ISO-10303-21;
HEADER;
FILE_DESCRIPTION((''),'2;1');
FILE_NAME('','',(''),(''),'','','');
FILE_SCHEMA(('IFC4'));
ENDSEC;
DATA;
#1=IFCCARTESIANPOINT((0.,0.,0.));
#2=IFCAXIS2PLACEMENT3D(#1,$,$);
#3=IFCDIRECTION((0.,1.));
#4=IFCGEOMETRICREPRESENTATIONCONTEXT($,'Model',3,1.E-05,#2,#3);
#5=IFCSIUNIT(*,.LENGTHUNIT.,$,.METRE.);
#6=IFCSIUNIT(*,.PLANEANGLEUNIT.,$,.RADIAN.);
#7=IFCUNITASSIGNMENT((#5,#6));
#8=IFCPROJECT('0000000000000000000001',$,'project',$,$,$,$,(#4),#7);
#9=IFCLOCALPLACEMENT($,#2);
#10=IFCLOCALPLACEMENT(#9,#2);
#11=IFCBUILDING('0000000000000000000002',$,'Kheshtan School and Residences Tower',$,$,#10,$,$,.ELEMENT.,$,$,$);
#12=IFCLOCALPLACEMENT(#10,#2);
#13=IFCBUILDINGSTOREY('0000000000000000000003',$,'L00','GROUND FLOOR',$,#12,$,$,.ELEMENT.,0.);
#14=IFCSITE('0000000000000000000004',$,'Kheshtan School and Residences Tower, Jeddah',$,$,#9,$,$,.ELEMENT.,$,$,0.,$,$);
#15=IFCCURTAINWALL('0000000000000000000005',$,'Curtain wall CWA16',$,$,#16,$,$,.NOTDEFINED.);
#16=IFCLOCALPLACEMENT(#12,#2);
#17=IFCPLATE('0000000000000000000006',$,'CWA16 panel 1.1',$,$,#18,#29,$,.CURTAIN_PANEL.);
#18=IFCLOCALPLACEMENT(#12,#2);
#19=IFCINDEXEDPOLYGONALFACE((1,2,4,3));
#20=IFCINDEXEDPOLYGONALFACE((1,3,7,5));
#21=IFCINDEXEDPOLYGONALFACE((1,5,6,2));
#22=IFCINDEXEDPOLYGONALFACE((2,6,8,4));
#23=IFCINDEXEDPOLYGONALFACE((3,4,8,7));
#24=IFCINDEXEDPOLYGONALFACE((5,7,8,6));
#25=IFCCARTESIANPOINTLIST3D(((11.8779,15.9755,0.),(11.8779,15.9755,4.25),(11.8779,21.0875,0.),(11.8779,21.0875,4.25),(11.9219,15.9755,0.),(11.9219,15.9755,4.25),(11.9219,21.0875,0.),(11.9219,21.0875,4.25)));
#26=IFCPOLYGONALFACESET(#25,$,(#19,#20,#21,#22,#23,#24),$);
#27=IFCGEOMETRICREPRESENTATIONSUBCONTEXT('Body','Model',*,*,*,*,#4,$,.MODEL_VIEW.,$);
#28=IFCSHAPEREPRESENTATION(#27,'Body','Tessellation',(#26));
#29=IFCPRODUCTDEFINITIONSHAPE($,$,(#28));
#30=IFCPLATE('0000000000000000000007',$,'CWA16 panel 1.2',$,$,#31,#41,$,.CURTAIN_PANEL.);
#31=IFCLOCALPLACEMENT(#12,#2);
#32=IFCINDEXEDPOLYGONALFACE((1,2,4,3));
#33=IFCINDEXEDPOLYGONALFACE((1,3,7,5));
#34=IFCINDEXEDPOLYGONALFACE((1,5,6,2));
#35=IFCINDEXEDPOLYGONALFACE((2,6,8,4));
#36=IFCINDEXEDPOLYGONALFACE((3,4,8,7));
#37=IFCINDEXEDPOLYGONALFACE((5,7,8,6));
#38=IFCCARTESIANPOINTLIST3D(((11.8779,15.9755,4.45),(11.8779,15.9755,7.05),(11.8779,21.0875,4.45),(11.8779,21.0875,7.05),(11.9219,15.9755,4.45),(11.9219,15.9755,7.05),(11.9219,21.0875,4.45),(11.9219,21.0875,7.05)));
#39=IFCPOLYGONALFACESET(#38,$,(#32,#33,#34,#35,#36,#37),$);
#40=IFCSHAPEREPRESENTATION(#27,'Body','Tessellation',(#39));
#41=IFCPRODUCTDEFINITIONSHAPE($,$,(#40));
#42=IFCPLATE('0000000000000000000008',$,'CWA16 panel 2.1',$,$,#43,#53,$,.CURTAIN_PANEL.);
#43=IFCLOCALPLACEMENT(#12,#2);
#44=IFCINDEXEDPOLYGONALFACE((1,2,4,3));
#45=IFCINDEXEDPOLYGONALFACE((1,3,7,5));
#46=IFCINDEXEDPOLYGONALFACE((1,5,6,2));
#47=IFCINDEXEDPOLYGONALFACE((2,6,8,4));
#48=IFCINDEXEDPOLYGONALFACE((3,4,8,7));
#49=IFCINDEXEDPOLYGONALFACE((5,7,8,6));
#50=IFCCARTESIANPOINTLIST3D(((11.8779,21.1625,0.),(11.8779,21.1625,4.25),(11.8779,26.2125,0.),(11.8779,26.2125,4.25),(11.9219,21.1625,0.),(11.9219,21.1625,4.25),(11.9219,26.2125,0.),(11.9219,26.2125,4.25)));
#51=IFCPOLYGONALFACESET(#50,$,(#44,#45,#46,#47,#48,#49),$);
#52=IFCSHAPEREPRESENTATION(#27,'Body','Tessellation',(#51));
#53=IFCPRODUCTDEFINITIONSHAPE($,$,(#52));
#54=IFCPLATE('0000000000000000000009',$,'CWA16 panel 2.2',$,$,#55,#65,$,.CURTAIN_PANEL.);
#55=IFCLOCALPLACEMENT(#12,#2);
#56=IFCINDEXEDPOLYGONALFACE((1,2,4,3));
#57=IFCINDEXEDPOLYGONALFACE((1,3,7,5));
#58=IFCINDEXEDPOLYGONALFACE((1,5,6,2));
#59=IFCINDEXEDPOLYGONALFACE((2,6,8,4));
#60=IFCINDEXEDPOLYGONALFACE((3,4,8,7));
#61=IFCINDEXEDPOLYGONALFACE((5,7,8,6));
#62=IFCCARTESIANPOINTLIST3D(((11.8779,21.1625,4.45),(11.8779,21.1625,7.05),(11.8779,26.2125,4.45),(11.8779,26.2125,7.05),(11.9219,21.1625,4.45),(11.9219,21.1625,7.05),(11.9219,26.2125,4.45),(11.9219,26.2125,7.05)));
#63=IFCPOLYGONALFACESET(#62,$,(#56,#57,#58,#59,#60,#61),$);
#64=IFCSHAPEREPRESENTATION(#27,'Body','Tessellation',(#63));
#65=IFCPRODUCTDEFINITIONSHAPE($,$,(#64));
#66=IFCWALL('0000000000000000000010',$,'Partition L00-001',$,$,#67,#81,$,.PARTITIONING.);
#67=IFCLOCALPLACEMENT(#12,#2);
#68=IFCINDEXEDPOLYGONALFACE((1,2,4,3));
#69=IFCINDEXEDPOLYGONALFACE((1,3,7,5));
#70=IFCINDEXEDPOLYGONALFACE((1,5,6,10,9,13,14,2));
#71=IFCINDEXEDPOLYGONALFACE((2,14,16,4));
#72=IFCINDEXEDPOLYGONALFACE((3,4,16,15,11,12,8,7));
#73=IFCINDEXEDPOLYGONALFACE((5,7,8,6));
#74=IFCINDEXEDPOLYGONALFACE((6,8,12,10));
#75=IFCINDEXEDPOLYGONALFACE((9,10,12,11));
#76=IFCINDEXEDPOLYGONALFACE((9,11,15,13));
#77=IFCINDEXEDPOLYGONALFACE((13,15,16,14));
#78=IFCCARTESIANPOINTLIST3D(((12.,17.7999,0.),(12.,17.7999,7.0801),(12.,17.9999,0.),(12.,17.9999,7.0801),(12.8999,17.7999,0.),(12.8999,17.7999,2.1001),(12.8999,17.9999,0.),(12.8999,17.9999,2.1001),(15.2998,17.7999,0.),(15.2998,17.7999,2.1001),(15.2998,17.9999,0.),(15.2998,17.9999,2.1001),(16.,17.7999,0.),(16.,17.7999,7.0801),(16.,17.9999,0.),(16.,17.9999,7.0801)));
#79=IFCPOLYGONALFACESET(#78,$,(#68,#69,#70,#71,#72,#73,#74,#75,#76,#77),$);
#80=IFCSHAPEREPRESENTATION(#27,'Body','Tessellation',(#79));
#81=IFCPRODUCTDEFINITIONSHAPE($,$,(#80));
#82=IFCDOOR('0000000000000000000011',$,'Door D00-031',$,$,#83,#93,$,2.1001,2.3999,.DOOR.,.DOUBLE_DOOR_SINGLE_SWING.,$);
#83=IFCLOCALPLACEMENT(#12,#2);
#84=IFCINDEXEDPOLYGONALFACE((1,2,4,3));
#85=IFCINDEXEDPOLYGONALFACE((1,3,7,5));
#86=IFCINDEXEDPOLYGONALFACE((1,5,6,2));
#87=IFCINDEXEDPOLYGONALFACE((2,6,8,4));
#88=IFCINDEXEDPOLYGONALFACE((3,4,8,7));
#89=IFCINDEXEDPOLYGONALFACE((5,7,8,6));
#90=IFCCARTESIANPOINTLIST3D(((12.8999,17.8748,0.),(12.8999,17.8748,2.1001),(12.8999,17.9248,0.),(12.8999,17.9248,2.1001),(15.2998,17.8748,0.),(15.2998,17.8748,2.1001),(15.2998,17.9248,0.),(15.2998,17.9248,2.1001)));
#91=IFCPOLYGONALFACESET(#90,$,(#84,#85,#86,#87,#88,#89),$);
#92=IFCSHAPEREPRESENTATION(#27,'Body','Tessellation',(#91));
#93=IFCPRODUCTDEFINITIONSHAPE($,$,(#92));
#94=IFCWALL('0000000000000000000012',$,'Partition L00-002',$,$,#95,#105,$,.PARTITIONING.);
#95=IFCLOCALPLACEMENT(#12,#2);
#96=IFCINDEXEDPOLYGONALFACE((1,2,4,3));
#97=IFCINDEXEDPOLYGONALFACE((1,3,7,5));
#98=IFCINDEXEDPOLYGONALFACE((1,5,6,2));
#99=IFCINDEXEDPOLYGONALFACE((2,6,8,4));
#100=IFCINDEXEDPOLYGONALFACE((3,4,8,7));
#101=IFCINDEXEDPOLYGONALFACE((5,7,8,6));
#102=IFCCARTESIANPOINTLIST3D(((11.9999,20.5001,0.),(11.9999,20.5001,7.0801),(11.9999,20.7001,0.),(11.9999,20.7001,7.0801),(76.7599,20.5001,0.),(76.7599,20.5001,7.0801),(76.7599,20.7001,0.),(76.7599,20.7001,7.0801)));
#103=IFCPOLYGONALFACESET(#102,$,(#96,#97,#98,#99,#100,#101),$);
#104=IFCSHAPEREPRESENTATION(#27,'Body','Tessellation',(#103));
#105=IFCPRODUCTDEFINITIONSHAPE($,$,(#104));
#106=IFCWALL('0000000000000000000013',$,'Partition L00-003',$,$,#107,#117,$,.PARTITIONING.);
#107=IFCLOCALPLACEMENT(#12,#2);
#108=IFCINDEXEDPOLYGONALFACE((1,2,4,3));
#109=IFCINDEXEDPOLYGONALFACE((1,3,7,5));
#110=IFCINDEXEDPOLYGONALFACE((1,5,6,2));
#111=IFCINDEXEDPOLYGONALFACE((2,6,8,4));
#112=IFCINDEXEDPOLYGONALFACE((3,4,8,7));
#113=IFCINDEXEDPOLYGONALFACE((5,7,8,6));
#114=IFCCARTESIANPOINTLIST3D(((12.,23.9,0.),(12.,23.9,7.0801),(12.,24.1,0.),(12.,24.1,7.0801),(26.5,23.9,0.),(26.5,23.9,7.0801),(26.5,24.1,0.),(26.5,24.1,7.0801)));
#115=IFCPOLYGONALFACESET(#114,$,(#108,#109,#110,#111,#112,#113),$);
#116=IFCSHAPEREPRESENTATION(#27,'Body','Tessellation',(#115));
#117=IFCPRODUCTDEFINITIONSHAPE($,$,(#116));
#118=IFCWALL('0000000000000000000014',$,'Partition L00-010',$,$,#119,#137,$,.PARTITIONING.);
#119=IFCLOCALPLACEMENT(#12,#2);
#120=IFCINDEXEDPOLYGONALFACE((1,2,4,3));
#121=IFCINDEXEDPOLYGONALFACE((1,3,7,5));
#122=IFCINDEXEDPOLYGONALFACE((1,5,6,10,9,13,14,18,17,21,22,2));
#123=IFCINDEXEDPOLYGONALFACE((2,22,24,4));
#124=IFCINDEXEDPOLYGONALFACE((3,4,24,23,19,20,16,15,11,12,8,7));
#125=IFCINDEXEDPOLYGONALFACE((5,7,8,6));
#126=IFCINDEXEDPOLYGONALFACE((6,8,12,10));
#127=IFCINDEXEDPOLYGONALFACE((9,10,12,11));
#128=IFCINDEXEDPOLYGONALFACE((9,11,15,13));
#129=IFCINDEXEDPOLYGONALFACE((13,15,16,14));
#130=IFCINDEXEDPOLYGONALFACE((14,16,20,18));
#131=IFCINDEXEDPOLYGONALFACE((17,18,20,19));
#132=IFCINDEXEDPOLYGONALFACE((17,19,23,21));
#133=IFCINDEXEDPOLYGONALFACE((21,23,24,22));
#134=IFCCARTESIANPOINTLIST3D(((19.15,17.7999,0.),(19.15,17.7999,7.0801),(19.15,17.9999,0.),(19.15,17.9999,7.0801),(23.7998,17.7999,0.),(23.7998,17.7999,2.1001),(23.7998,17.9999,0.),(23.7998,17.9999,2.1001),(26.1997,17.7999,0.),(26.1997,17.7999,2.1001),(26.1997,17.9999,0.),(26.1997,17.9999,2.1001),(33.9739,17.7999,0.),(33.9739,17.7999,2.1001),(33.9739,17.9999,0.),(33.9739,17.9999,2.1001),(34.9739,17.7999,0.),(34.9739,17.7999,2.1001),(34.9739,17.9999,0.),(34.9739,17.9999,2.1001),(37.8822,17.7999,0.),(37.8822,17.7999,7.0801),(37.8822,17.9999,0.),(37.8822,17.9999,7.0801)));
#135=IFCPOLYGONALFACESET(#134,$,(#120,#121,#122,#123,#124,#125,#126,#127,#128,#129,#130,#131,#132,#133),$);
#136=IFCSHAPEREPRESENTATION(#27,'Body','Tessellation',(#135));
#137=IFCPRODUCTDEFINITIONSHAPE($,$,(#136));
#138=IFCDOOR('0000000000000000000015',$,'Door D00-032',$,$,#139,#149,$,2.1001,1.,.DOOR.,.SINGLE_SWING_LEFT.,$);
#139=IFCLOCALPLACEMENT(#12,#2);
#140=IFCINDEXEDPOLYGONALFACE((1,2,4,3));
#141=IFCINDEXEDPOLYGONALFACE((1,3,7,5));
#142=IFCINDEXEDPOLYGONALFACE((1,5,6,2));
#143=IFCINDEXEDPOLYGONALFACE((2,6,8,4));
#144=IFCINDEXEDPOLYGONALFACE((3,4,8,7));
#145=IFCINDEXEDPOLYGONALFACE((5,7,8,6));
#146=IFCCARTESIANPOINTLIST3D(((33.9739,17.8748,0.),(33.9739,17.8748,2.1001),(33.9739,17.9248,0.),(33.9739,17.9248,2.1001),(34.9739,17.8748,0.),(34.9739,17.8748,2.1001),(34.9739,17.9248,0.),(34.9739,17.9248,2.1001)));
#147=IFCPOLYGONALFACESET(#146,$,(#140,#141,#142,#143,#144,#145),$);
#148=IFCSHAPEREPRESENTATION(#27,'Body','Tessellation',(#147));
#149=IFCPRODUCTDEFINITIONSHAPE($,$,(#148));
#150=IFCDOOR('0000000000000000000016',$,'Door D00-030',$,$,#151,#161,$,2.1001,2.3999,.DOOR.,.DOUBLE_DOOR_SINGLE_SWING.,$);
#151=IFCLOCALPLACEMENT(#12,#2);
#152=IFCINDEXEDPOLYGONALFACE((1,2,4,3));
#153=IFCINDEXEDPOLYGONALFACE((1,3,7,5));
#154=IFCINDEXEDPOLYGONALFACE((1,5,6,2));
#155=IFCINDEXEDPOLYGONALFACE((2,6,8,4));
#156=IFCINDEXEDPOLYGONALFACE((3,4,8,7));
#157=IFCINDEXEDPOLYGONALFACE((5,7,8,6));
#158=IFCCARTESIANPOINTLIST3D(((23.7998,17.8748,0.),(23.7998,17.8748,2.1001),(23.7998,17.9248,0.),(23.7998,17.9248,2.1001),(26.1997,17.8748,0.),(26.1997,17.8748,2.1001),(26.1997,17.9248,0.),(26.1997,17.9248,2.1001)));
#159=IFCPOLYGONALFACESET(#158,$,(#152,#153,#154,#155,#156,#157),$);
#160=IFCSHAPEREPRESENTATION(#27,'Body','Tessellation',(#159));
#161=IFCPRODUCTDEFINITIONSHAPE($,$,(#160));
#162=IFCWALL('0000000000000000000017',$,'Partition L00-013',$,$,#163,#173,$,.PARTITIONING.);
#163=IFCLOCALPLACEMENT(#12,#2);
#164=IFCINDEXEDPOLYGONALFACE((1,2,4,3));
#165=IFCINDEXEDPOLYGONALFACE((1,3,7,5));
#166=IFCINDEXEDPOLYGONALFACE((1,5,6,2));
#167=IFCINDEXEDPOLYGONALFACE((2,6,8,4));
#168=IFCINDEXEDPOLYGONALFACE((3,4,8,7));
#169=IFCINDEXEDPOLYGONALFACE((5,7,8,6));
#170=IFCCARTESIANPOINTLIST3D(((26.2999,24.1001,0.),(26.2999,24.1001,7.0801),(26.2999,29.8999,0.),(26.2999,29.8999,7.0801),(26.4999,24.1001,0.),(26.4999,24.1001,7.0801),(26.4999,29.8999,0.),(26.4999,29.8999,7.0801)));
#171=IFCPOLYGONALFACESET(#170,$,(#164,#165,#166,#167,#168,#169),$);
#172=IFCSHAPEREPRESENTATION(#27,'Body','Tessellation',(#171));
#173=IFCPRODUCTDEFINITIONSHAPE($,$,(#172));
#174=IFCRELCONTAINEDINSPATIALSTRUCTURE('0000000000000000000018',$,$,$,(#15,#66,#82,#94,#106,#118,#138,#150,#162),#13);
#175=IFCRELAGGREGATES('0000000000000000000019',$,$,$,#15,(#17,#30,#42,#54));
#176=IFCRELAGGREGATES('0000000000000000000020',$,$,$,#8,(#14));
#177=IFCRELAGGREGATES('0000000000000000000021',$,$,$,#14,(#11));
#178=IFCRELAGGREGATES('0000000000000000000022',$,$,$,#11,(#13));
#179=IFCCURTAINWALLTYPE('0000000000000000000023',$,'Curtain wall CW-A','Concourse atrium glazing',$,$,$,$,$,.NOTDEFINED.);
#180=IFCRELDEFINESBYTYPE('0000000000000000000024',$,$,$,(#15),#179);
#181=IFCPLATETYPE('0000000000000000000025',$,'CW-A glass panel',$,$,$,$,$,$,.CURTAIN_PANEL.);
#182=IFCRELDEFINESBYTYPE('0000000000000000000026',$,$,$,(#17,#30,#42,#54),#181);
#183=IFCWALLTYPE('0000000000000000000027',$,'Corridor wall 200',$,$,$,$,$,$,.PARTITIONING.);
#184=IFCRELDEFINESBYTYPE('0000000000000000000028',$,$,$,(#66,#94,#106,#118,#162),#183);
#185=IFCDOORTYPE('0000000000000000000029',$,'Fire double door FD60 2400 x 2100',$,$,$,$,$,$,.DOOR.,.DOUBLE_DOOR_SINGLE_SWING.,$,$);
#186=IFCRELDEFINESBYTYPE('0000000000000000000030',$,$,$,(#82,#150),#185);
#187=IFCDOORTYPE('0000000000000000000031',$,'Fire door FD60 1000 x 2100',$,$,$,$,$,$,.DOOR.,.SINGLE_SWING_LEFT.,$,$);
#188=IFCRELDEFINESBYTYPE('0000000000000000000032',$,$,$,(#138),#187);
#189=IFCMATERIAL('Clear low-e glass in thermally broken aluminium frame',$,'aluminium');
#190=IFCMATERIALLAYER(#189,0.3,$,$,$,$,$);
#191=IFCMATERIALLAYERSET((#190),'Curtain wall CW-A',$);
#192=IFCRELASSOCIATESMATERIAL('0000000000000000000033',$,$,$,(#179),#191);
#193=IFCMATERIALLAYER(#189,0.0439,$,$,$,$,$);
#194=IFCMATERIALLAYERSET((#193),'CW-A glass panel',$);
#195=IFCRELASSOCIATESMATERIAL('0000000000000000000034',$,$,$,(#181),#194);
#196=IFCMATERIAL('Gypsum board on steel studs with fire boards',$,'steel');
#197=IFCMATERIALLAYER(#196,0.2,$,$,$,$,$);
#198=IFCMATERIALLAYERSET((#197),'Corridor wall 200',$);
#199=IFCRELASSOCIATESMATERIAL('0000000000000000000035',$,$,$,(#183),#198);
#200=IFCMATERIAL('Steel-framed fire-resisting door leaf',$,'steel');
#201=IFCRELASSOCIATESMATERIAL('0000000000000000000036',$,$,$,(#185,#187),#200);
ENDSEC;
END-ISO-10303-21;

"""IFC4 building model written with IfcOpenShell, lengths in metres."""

from ifc_helpers import new_model, si_unit, direction, frame, frame_2d, origin, origin_2d, place, context, subcontext, project, spatial, rectangle, extrude, source, transform, mapped, material, layer, layer_set, type_object, element, fill, aggregate, save


model = new_model("IFC4")

# Units and contexts
model_context = context("Model", 3, precision=1e-05, world=origin(), true_north=direction((0.0, 1.0)))
body_context = subcontext(model_context, "Body", "Model", "MODEL_VIEW")
ifc_project = project(units=[si_unit("LENGTHUNIT", "METRE"), si_unit("PLANEANGLEUNIT", "RADIAN")], contexts=[model_context])

# Site, building, storey
site_placement = place(None, origin())
site = spatial("IfcSite", under=ifc_project, at=site_placement, Name="Kheshtan School and Residences Tower, Jeddah", CompositionType="ELEMENT", RefElevation=0.0)
building_placement = place(site_placement, origin())
building = spatial("IfcBuilding", under=site, at=building_placement, Name="Kheshtan School and Residences Tower", CompositionType="ELEMENT")
storey_placement = place(building_placement, origin())
storey = spatial("IfcBuildingStorey", under=building, at=storey_placement, Name="L00", Description="GROUND FLOOR", CompositionType="ELEMENT", Elevation=0.0)

# Shared definitions
ifc_material_1 = material(Name="Clear low-e glass in thermally broken aluminium frame", Category="aluminium")
ifc_layer_1 = layer(ifc_material_1, 0.3)
ifc_layer_set_1 = layer_set([ifc_layer_1], Name="Curtain wall CW-A")
curtain_wall_type = type_object("IfcCurtainWallType", Name="Curtain wall CW-A", Description="Concourse atrium glazing", PredefinedType="NOTDEFINED", material=ifc_layer_set_1)

# Curtain wall
curtain_wall_1_placement = place(storey_placement, origin())
curtain_wall_1 = element("IfcCurtainWall", 1, at=curtain_wall_1_placement, inside=storey, type_object=curtain_wall_type, Name="Curtain wall CWA16", PredefinedType="NOTDEFINED")

# Plates
ifc_layer_2 = layer(ifc_material_1, 0.0439)
ifc_layer_set_2 = layer_set([ifc_layer_2], Name="CW-A glass panel")
plate_type = type_object("IfcPlateType", Name="CW-A glass panel", PredefinedType="CURTAIN_PANEL", material=ifc_layer_set_2)
plate_1_placement = place(storey_placement, frame((11.8999, 18.5315, 0.0), z_axis=(0.0, 0.0, 1.0), x_axis=(0.0, 1.0, 0.0)))
plate_1 = element("IfcPlate", 2, at=plate_1_placement, type_object=plate_type, Name="CWA16 panel 1.1", PredefinedType="CURTAIN_PANEL", context=body_context, shape_type="SweptSolid", body=[
    extrude(rectangle(XDim=5.1121, YDim=0.0439, at=origin_2d()), origin(), (0.0, 0.0, 1.0), 4.25),
])
plate_2_placement = place(storey_placement, frame((11.8999, 18.5315, 4.45), z_axis=(0.0, 0.0, 1.0), x_axis=(0.0, 1.0, 0.0)))
plate_2 = element("IfcPlate", 3, at=plate_2_placement, type_object=plate_type, Name="CWA16 panel 1.2", PredefinedType="CURTAIN_PANEL", context=body_context, shape_type="SweptSolid", body=[
    extrude(rectangle(XDim=5.1121, YDim=0.0439, at=origin_2d()), origin(), (0.0, 0.0, 1.0), 2.6001),
])
plate_3_placement = place(storey_placement, frame((11.8999, 23.6875, 0.0), z_axis=(0.0, 0.0, 1.0), x_axis=(0.0, 1.0, 0.0)))
plate_3 = element("IfcPlate", 4, at=plate_3_placement, type_object=plate_type, Name="CWA16 panel 2.1", PredefinedType="CURTAIN_PANEL", context=body_context, shape_type="SweptSolid", body=[
    extrude(rectangle(XDim=5.05, YDim=0.0439, at=origin_2d()), origin(), (0.0, 0.0, 1.0), 4.25),
])
plate_4_placement = place(storey_placement, frame((11.8999, 23.6875, 4.45), z_axis=(0.0, 0.0, 1.0), x_axis=(0.0, 1.0, 0.0)))
plate_4 = element("IfcPlate", 5, at=plate_4_placement, type_object=plate_type, Name="CWA16 panel 2.2", PredefinedType="CURTAIN_PANEL", context=body_context, shape_type="SweptSolid", body=[
    extrude(rectangle(XDim=5.05, YDim=0.0439, at=origin_2d()), origin(), (0.0, 0.0, 1.0), 2.6001),
])
aggregate(curtain_wall_1, [plate_1, plate_2, plate_3, plate_4])

# Wall, opening, door
ifc_material_2 = material(Name="Gypsum board on steel studs with fire boards", Category="steel")
ifc_layer_3 = layer(ifc_material_2, 0.2)
ifc_layer_set_3 = layer_set([ifc_layer_3], Name="Corridor wall 200")
wall_type_1 = type_object("IfcWallType", Name="Corridor wall 200", PredefinedType="PARTITIONING", material=ifc_layer_set_3)
wall_1_placement = place(storey_placement, frame((12.0, 17.8999, 0.0), z_axis=(0.0, 0.0, 1.0), x_axis=(1.0, 0.0, 0.0)))
wall_1 = element("IfcWall", 6, at=wall_1_placement, inside=storey, type_object=wall_type_1, Name="Partition L00-001", PredefinedType="PARTITIONING", context=body_context, shape_type="SweptSolid", body=[
    extrude(rectangle(XDim=4.0, YDim=0.2, at=frame_2d((2.0, 0.0))), origin(), (0.0, 0.0, 1.0), 7.0801),
])
opening_1_placement = place(wall_1_placement, frame((0.8999, 0.0, 0.0)))
opening_1 = element("IfcOpeningElement", 7, at=opening_1_placement, cuts=wall_1, PredefinedType="OPENING", context=body_context, shape_type="SweptSolid", body=[
    extrude(rectangle(XDim=2.3999, YDim=2.1001, at=frame_2d((1.2, 1.05))), frame((0.0, 0.1099, 0.0), z_axis=(0.0, -1.0, 0.0), x_axis=(1.0, 0.0, 0.0)), (0.0, 0.0, 1.0), 0.22),
])
ifc_material_3 = material(Name="Steel-framed fire-resisting door leaf", Category="steel")
door_type_1 = type_object("IfcDoorType", Name="Fire double door FD60 2400 x 2100", OperationType="DOUBLE_DOOR_SINGLE_SWING", PredefinedType="DOOR", material=ifc_material_3)
shared_shape_1 = source(origin(), body_context, "Body", "SweptSolid", [
    extrude(rectangle(XDim=2.3999, YDim=2.1001, at=frame_2d((1.2, 1.05))), frame((0.0, 0.0249, 0.0), z_axis=(0.0, -1.0, 0.0), x_axis=(1.0, 0.0, 0.0)), (0.0, 0.0, 1.0), 0.05),
])
door_1_placement = place(opening_1_placement, origin())
door_1 = element("IfcDoor", 8, at=door_1_placement, inside=storey, type_object=door_type_1, Name="Door D00-031", OperationType="DOUBLE_DOOR_SINGLE_SWING", OverallHeight=2.1001, OverallWidth=2.3999, PredefinedType="DOOR", context=body_context, shape_type="MappedRepresentation", body=[
    mapped(shared_shape_1, transform((0.0, 0.0, 0.0), x_axis=(1.0, 0.0, 0.0), y_axis=(0.0, 1.0, 0.0), z_axis=(0.0, 0.0, 1.0), scale=1.0)),
])
fill(opening_1, door_1)

# Walls
wall_2_placement = place(storey_placement, frame((12.0, 20.6001, 0.0), z_axis=(0.0, 0.0, 1.0), x_axis=(1.0, 0.0, 0.0)))
element("IfcWall", 9, at=wall_2_placement, inside=storey, type_object=wall_type_1, Name="Partition L00-002", PredefinedType="PARTITIONING", context=body_context, shape_type="SweptSolid", body=[
    extrude(rectangle(XDim=64.76, YDim=0.2, at=frame_2d((32.3799, 0.0))), origin(), (0.0, 0.0, 1.0), 7.0801),
])
wall_3_placement = place(storey_placement, frame((12.0, 24.0, 0.0), z_axis=(0.0, 0.0, 1.0), x_axis=(1.0, 0.0, 0.0)))
element("IfcWall", 10, at=wall_3_placement, inside=storey, type_object=wall_type_1, Name="Partition L00-003", PredefinedType="PARTITIONING", context=body_context, shape_type="SweptSolid", body=[
    extrude(rectangle(XDim=14.5, YDim=0.2, at=frame_2d((7.25, 0.0))), origin(), (0.0, 0.0, 1.0), 7.0801),
])

# Wall, openings, doors
wall_4_placement = place(storey_placement, frame((19.1499, 17.8999, 0.0), z_axis=(0.0, 0.0, 1.0), x_axis=(1.0, 0.0, 0.0)))
wall_4 = element("IfcWall", 11, at=wall_4_placement, inside=storey, type_object=wall_type_1, Name="Partition L00-010", PredefinedType="PARTITIONING", context=body_context, shape_type="SweptSolid", body=[
    extrude(rectangle(XDim=18.7322, YDim=0.2, at=frame_2d((9.3662, 0.0))), origin(), (0.0, 0.0, 1.0), 7.0801),
])
opening_2_placement = place(wall_4_placement, frame((4.6499, 0.0, 0.0)))
opening_2 = element("IfcOpeningElement", 12, at=opening_2_placement, cuts=wall_4, PredefinedType="OPENING", context=body_context, shape_type="SweptSolid", body=[
    extrude(rectangle(XDim=2.3999, YDim=2.1001, at=frame_2d((1.2, 1.05))), frame((0.0, 0.1099, 0.0), z_axis=(0.0, -1.0, 0.0), x_axis=(1.0, 0.0, 0.0)), (0.0, 0.0, 1.0), 0.22),
])
opening_3_placement = place(wall_4_placement, frame((14.824, 0.0, 0.0)))
opening_3 = element("IfcOpeningElement", 13, at=opening_3_placement, cuts=wall_4, PredefinedType="OPENING", context=body_context, shape_type="SweptSolid", body=[
    extrude(rectangle(XDim=1.0, YDim=2.1001, at=frame_2d((0.5, 1.05))), frame((0.0, 0.1099, 0.0), z_axis=(0.0, -1.0, 0.0), x_axis=(1.0, 0.0, 0.0)), (0.0, 0.0, 1.0), 0.22),
])
door_type_2 = type_object("IfcDoorType", Name="Fire door FD60 1000 x 2100", OperationType="SINGLE_SWING_LEFT", PredefinedType="DOOR", material=ifc_material_3)
shared_shape_2 = source(origin(), body_context, "Body", "SweptSolid", [
    extrude(rectangle(XDim=1.0, YDim=2.1001, at=frame_2d((0.5, 1.05))), frame((0.0, 0.0249, 0.0), z_axis=(0.0, -1.0, 0.0), x_axis=(1.0, 0.0, 0.0)), (0.0, 0.0, 1.0), 0.05),
])
door_2_placement = place(opening_3_placement, origin())
door_2 = element("IfcDoor", 14, at=door_2_placement, inside=storey, type_object=door_type_2, Name="Door D00-032", OperationType="SINGLE_SWING_LEFT", OverallHeight=2.1001, OverallWidth=1.0, PredefinedType="DOOR", context=body_context, shape_type="MappedRepresentation", body=[
    mapped(shared_shape_2, transform((0.0, 0.0, 0.0), x_axis=(1.0, 0.0, 0.0), y_axis=(0.0, 1.0, 0.0), z_axis=(0.0, 0.0, 1.0), scale=1.0)),
])
fill(opening_3, door_2)
door_3_placement = place(opening_2_placement, origin())
door_3 = element("IfcDoor", 15, at=door_3_placement, inside=storey, type_object=door_type_1, Name="Door D00-030", OperationType="DOUBLE_DOOR_SINGLE_SWING", OverallHeight=2.1001, OverallWidth=2.3999, PredefinedType="DOOR", context=body_context, shape_type="MappedRepresentation", body=[
    mapped(shared_shape_1, transform((0.0, 0.0, 0.0), x_axis=(1.0, 0.0, 0.0), y_axis=(0.0, 1.0, 0.0), z_axis=(0.0, 0.0, 1.0), scale=1.0)),
])
fill(opening_2, door_3)

# Wall
wall_5_placement = place(storey_placement, frame((26.3999, 24.1001, 0.0), z_axis=(0.0, 0.0, 1.0), x_axis=(0.0, 1.0, 0.0)))
element("IfcWall", 16, at=wall_5_placement, inside=storey, type_object=wall_type_1, Name="Partition L00-013", PredefinedType="PARTITIONING", context=body_context, shape_type="SweptSolid", body=[
    extrude(rectangle(XDim=5.7998, YDim=0.2, at=frame_2d((2.8999, 0.0))), origin(), (0.0, 0.0, 1.0), 7.0801),
])

save(model, "model.ifc")
